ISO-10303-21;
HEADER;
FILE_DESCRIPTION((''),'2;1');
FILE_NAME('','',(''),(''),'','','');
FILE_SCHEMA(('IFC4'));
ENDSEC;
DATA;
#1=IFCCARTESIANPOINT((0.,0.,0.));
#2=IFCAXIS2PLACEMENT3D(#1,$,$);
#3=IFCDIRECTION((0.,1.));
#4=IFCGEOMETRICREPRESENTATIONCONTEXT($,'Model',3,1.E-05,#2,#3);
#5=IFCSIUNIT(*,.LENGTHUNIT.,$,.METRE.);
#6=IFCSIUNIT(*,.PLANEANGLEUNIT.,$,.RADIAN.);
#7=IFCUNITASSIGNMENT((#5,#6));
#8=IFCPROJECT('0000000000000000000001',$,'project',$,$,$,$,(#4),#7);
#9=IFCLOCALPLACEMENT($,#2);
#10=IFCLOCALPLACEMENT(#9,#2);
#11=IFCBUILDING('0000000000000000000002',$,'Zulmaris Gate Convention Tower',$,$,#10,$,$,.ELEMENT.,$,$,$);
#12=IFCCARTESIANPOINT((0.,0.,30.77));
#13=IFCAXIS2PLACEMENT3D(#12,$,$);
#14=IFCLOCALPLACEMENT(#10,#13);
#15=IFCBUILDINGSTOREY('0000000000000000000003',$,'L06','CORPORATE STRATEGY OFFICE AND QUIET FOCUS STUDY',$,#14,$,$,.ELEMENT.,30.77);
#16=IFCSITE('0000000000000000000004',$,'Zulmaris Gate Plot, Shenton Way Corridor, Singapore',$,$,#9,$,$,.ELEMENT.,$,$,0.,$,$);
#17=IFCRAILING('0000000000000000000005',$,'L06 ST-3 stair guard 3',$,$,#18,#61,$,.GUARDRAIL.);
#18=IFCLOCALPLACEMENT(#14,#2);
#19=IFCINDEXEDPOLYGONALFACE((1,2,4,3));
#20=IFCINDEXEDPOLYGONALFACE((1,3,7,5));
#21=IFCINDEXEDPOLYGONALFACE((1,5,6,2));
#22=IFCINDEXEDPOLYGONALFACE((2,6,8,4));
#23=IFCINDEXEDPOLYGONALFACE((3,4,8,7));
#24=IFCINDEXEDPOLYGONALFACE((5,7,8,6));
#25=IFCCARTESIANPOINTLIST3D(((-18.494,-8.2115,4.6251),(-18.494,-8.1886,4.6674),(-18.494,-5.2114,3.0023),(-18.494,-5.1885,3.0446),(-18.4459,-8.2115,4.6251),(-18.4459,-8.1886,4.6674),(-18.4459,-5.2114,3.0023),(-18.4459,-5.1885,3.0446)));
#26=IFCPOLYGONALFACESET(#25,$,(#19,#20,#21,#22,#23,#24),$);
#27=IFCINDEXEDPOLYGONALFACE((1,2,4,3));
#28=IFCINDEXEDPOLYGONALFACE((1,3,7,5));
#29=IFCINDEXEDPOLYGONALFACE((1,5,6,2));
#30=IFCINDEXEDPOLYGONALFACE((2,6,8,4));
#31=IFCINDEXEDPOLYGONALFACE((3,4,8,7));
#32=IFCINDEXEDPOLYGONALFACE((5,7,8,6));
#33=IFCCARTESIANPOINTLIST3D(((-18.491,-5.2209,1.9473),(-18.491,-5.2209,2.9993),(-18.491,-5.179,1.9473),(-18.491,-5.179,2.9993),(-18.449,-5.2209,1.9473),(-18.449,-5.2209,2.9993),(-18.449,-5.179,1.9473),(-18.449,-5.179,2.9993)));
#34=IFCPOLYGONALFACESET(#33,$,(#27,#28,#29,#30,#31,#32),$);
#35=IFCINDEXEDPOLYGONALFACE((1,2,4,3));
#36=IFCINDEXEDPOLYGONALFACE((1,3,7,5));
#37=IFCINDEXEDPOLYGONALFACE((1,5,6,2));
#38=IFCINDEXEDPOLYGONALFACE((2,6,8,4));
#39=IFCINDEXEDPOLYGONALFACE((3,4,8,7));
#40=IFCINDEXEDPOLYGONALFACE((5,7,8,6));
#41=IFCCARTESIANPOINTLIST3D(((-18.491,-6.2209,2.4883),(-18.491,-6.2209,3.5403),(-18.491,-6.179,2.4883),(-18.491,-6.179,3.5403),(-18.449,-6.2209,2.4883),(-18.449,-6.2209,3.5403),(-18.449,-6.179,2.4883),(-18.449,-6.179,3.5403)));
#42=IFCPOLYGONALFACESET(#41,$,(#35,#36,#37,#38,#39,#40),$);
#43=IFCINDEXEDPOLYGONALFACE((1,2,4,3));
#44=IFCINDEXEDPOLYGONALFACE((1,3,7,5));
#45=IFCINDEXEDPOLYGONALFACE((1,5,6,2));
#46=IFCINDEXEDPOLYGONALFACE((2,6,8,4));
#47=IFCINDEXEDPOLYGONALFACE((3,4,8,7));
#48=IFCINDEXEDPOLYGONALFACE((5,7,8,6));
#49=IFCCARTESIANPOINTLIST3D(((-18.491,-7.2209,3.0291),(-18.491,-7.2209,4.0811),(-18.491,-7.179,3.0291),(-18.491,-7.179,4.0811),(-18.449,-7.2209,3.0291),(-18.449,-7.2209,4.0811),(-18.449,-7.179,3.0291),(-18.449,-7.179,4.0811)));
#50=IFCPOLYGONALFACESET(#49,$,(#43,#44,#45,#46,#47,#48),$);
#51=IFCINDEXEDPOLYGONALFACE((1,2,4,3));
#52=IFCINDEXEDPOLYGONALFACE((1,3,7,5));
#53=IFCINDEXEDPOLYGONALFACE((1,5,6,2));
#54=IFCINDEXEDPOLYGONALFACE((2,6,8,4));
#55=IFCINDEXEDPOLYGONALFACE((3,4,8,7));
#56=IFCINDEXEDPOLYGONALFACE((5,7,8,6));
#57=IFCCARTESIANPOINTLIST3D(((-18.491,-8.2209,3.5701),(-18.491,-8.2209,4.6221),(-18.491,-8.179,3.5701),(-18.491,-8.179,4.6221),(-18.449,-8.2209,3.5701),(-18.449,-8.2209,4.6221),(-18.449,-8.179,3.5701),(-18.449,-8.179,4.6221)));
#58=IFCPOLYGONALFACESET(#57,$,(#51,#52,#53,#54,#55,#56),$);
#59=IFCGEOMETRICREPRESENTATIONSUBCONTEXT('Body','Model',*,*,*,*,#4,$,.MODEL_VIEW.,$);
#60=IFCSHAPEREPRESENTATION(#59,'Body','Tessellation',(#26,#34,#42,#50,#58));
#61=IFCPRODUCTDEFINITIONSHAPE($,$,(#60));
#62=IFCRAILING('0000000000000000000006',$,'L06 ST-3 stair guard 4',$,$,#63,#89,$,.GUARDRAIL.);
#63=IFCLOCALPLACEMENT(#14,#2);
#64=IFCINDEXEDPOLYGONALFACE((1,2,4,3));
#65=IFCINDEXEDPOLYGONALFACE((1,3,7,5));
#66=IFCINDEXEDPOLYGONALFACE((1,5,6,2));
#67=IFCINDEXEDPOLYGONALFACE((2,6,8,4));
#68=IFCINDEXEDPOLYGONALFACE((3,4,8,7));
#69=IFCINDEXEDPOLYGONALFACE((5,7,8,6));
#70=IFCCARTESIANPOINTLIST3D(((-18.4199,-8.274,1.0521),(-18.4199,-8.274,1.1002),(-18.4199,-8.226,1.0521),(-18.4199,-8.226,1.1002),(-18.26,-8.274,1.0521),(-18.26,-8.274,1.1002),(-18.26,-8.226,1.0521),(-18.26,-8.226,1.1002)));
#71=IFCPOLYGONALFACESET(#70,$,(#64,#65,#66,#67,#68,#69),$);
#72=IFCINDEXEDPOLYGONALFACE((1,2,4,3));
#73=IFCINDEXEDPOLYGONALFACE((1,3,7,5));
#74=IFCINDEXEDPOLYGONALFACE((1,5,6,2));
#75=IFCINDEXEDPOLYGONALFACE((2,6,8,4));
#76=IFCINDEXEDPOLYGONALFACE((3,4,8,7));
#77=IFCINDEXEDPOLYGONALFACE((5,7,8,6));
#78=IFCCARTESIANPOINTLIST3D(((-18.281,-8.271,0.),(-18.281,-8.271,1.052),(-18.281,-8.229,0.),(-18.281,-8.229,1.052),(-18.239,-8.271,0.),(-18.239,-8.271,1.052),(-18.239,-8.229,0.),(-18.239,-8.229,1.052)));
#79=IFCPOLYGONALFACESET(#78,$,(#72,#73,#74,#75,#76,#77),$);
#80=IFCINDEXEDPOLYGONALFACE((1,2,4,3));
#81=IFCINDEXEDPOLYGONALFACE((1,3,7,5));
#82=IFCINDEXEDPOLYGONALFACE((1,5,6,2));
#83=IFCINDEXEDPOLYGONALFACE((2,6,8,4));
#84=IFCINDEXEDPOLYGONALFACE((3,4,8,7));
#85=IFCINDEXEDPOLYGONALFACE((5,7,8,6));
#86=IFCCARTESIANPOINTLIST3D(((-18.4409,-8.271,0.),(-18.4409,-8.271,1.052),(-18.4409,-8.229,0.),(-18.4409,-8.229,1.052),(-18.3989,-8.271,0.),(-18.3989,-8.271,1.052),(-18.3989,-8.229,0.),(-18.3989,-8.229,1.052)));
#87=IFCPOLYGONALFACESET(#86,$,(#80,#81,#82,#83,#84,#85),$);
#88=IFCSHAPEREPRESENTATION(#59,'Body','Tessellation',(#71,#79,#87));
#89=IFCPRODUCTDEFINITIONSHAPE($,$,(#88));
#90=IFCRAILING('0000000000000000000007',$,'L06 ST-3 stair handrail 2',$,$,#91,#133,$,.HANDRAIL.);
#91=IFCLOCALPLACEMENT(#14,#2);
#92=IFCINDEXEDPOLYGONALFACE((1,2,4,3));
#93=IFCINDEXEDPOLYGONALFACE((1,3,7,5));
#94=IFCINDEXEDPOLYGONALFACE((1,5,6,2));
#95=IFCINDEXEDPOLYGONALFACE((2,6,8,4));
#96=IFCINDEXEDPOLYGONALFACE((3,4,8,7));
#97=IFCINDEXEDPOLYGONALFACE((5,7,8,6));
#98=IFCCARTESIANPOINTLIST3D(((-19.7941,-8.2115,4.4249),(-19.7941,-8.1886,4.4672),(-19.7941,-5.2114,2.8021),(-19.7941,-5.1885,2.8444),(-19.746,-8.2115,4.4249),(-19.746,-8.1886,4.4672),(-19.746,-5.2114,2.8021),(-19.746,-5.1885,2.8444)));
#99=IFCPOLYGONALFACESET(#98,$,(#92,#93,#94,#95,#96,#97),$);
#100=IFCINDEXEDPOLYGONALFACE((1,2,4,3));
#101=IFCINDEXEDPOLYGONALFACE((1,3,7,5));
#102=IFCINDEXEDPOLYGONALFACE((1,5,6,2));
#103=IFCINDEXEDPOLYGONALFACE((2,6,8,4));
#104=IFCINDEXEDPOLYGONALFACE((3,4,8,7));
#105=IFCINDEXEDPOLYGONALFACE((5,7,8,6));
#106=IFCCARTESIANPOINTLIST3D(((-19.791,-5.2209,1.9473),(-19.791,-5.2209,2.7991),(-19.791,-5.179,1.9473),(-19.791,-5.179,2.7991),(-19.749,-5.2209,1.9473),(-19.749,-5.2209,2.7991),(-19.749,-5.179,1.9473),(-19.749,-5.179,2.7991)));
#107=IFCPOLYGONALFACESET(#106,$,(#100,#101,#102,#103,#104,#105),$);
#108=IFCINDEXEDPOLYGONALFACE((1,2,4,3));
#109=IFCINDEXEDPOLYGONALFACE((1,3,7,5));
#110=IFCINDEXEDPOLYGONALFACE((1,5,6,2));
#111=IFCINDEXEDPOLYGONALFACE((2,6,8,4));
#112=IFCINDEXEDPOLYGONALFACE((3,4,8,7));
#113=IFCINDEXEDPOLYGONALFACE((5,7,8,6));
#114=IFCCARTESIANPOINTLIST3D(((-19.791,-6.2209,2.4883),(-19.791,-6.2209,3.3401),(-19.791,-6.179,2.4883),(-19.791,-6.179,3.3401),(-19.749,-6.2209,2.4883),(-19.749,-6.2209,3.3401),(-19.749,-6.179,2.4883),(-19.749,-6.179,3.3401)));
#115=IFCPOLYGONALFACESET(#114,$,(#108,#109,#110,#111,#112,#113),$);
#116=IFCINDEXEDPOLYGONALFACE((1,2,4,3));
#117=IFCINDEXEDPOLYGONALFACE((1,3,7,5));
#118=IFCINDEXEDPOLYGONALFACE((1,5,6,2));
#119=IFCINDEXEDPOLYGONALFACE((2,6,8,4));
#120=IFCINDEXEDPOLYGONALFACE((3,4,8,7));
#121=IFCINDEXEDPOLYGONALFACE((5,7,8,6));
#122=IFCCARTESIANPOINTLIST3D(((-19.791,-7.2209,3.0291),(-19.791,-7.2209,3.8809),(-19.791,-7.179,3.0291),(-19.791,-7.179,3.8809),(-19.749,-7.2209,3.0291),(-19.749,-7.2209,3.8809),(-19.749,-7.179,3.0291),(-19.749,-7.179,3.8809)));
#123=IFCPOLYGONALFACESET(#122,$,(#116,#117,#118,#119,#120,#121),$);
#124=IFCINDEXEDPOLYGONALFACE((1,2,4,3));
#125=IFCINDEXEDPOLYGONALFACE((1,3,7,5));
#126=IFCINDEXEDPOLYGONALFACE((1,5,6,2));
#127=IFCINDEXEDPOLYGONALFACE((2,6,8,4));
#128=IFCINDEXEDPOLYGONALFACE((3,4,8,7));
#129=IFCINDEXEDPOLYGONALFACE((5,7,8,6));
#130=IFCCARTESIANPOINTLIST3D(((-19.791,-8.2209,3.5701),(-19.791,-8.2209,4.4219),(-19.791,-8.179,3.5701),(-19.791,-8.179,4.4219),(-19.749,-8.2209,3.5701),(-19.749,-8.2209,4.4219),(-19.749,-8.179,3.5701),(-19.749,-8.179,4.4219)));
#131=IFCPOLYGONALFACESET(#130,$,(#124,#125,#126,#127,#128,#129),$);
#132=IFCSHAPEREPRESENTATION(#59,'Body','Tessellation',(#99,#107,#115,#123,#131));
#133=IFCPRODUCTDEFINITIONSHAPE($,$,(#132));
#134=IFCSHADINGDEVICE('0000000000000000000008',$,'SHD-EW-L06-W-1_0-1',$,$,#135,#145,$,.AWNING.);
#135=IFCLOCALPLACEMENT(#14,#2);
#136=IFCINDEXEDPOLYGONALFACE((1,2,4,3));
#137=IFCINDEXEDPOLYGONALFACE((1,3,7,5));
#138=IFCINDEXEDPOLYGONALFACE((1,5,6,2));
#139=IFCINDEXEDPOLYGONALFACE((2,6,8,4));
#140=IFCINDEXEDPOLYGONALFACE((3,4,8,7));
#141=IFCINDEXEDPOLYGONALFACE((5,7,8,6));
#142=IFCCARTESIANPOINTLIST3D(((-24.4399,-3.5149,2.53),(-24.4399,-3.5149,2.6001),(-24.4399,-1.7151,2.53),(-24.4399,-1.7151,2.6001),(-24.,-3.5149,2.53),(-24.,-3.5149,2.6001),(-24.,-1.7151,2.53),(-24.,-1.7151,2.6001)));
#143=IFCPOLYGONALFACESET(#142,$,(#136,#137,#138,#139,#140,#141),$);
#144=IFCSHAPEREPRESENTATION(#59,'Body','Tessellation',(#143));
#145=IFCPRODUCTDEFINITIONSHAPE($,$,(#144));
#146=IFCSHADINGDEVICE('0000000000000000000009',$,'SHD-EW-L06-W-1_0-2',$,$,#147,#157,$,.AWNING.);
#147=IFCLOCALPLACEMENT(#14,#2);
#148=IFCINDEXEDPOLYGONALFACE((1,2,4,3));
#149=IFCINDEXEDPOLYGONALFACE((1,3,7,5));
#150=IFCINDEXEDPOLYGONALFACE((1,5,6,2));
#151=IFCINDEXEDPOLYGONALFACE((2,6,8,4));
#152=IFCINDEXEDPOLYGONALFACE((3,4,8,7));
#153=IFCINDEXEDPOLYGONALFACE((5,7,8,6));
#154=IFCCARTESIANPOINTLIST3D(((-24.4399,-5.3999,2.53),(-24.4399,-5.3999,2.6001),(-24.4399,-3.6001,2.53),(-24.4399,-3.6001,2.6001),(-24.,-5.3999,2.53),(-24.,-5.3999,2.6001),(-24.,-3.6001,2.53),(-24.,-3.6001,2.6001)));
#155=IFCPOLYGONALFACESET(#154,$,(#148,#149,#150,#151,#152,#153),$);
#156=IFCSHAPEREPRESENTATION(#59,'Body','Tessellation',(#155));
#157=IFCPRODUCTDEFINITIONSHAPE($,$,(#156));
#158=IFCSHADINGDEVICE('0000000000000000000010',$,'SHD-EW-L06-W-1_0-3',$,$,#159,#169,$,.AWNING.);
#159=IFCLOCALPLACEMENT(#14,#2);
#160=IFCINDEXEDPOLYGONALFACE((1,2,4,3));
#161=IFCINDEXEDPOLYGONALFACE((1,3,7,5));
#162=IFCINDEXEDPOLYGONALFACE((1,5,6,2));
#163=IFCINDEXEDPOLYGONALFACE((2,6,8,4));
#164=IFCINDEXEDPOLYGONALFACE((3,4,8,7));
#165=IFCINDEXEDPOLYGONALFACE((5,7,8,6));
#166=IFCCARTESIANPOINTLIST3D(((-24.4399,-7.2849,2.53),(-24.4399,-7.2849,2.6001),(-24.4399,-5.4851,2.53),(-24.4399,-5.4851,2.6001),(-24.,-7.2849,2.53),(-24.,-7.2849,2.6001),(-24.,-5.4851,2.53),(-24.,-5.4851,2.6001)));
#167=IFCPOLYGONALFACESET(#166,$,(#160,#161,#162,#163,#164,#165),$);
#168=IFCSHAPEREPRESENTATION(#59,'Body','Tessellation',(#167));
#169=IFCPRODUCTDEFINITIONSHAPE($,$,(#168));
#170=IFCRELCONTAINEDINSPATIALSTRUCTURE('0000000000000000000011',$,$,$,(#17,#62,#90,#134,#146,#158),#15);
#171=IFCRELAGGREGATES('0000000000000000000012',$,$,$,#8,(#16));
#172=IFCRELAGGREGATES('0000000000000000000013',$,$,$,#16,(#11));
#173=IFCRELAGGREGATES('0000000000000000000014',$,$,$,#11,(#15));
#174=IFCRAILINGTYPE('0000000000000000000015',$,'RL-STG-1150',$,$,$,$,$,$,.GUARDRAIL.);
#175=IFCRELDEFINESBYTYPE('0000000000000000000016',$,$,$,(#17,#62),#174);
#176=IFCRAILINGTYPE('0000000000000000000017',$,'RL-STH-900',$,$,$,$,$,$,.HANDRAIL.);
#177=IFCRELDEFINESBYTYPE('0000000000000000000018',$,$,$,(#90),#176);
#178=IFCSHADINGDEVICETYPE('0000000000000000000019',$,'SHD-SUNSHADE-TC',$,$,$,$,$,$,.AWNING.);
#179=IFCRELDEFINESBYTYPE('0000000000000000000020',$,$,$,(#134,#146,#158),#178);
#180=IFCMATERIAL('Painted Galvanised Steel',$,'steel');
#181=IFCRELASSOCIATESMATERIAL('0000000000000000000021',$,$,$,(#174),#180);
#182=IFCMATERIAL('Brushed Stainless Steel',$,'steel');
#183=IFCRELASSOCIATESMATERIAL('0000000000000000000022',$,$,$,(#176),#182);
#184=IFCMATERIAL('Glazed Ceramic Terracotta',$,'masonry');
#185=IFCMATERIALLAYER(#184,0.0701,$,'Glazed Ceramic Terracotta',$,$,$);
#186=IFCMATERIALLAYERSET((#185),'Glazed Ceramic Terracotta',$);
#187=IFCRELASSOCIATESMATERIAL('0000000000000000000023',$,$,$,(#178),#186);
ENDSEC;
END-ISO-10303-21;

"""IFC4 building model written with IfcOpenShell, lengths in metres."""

from ifc_helpers import new_model, si_unit, direction, frame, frame_2d, origin, origin_2d, place, context, subcontext, project, spatial, rectangle, extrude, material, layer, layer_set, type_object, element, save


model = new_model("IFC4")

# Units and contexts
model_context = context("Model", 3, precision=1e-05, world=origin(), true_north=direction((0.0, 1.0)))
body_context = subcontext(model_context, "Body", "Model", "MODEL_VIEW")
ifc_project = project(units=[si_unit("LENGTHUNIT", "METRE"), si_unit("PLANEANGLEUNIT", "RADIAN")], contexts=[model_context])

# Site, building, storey
site_placement = place(None, origin())
site = spatial("IfcSite", under=ifc_project, at=site_placement, Name="Zulmaris Gate Plot, Shenton Way Corridor, Singapore", CompositionType="ELEMENT", RefElevation=0.0)
building_placement = place(site_placement, origin())
building = spatial("IfcBuilding", under=site, at=building_placement, Name="Zulmaris Gate Convention Tower", CompositionType="ELEMENT")
storey_placement = place(building_placement, frame((0.0, 0.0, 30.77)))
storey = spatial("IfcBuildingStorey", under=building, at=storey_placement, Name="L06", Description="CORPORATE STRATEGY OFFICE AND QUIET FOCUS STUDY", CompositionType="ELEMENT", Elevation=30.77)

# Railings
ifc_material_1 = material(Name="Painted Galvanised Steel", Category="steel")
railing_type_1 = type_object("IfcRailingType", Name="RL-STG-1150", PredefinedType="GUARDRAIL", material=ifc_material_1)
railing_1_placement = place(storey_placement, frame((-18.47, -5.2, 1.9473)))
element("IfcRailing", 1, at=railing_1_placement, inside=storey, type_object=railing_type_1, Name="L06 ST-3 stair guard 3", PredefinedType="GUARDRAIL", context=body_context, shape_type="SweptSolid", body=[
    extrude(rectangle(XDim=0.0481, YDim=0.0481, at=origin_2d()), frame((0.0, 0.0, 1.0762), z_axis=(0.0, -0.879562, 0.475785), x_axis=(1.0, 0.0, 0.0)), (0.0, 0.0, 1.0), 3.4109),
    extrude(rectangle(XDim=0.042, YDim=0.042, at=origin_2d()), origin(), (0.0, 0.0, 1.0), 1.052),
    extrude(rectangle(XDim=0.042, YDim=0.042, at=origin_2d()), frame((0.0, -1.0, 0.541)), (0.0, 0.0, 1.0), 1.052),
    extrude(rectangle(XDim=0.042, YDim=0.042, at=origin_2d()), frame((0.0, -2.0, 1.0818)), (0.0, 0.0, 1.0), 1.052),
    extrude(rectangle(XDim=0.042, YDim=0.042, at=origin_2d()), frame((0.0, -3.0, 1.6228)), (0.0, 0.0, 1.0), 1.052),
])
railing_2_placement = place(storey_placement, frame((-18.26, -8.25, 0.0)))
element("IfcRailing", 2, at=railing_2_placement, inside=storey, type_object=railing_type_1, Name="L06 ST-3 stair guard 4", PredefinedType="GUARDRAIL", context=body_context, shape_type="SweptSolid", body=[
    extrude(rectangle(XDim=0.0481, YDim=0.0481, at=origin_2d()), frame((0.0, 0.0, 1.0762), z_axis=(-1.0, 0.0, 0.0), x_axis=(0.0, -1.0, 0.0)), (0.0, 0.0, 1.0), 0.1599),
    extrude(rectangle(XDim=0.042, YDim=0.042, at=origin_2d()), origin(), (0.0, 0.0, 1.0), 1.052),
    extrude(rectangle(XDim=0.042, YDim=0.042, at=origin_2d()), frame((-0.1599, 0.0, 0.0)), (0.0, 0.0, 1.0), 1.052),
])
ifc_material_2 = material(Name="Brushed Stainless Steel", Category="steel")
railing_type_2 = type_object("IfcRailingType", Name="RL-STH-900", PredefinedType="HANDRAIL", material=ifc_material_2)
railing_3_placement = place(storey_placement, frame((-19.77, -5.2, 1.9473)))
element("IfcRailing", 3, at=railing_3_placement, inside=storey, type_object=railing_type_2, Name="L06 ST-3 stair handrail 2", PredefinedType="HANDRAIL", context=body_context, shape_type="SweptSolid", body=[
    extrude(rectangle(XDim=0.0481, YDim=0.0481, at=origin_2d()), frame((0.0, 0.0, 0.876), z_axis=(0.0, -0.879562, 0.475785), x_axis=(1.0, 0.0, 0.0)), (0.0, 0.0, 1.0), 3.4109),
    extrude(rectangle(XDim=0.042, YDim=0.042, at=origin_2d()), origin(), (0.0, 0.0, 1.0), 0.8518),
    extrude(rectangle(XDim=0.042, YDim=0.042, at=origin_2d()), frame((0.0, -1.0, 0.541)), (0.0, 0.0, 1.0), 0.8518),
    extrude(rectangle(XDim=0.042, YDim=0.042, at=origin_2d()), frame((0.0, -2.0, 1.0818)), (0.0, 0.0, 1.0), 0.8518),
    extrude(rectangle(XDim=0.042, YDim=0.042, at=origin_2d()), frame((0.0, -3.0, 1.6228)), (0.0, 0.0, 1.0), 0.8518),
])

# Shading devices
ifc_material_3 = material(Name="Glazed Ceramic Terracotta", Category="masonry")
ifc_layer_1 = layer(ifc_material_3, 0.0701, Name="Glazed Ceramic Terracotta")
ifc_layer_set_1 = layer_set([ifc_layer_1], Name="Glazed Ceramic Terracotta")
shading_device_type = type_object("IfcShadingDeviceType", Name="SHD-SUNSHADE-TC", PredefinedType="AWNING", material=ifc_layer_set_1)
for number, where, z_axis, x_axis, name in (
    (4, (-24.22, -1.7151, 2.53), (0.0, 0.0, 1.0), (0.0, -1.0, 0.0), "SHD-EW-L06-W-1_0-1"),
    (5, (-24.22, -3.6001, 2.53), (0.0, 0.0, 1.0), (0.0, -1.0, 0.0), "SHD-EW-L06-W-1_0-2"),
    (6, (-24.22, -5.4851, 2.53), (0.0, 0.0, 1.0), (0.0, -1.0, 0.0), "SHD-EW-L06-W-1_0-3"),
):
    element("IfcShadingDevice", number, at=place(storey_placement, frame(where, z_axis=z_axis, x_axis=x_axis)), inside=storey, type_object=shading_device_type, Name=name, PredefinedType="AWNING", context=body_context, shape_type="SweptSolid", body=[
        extrude(rectangle(XDim=1.7998, YDim=0.4399, at=frame_2d((0.8999, 0.0))), origin(), (0.0, 0.0, 1.0), 0.0701),
    ])

save(model, "model.ifc")
